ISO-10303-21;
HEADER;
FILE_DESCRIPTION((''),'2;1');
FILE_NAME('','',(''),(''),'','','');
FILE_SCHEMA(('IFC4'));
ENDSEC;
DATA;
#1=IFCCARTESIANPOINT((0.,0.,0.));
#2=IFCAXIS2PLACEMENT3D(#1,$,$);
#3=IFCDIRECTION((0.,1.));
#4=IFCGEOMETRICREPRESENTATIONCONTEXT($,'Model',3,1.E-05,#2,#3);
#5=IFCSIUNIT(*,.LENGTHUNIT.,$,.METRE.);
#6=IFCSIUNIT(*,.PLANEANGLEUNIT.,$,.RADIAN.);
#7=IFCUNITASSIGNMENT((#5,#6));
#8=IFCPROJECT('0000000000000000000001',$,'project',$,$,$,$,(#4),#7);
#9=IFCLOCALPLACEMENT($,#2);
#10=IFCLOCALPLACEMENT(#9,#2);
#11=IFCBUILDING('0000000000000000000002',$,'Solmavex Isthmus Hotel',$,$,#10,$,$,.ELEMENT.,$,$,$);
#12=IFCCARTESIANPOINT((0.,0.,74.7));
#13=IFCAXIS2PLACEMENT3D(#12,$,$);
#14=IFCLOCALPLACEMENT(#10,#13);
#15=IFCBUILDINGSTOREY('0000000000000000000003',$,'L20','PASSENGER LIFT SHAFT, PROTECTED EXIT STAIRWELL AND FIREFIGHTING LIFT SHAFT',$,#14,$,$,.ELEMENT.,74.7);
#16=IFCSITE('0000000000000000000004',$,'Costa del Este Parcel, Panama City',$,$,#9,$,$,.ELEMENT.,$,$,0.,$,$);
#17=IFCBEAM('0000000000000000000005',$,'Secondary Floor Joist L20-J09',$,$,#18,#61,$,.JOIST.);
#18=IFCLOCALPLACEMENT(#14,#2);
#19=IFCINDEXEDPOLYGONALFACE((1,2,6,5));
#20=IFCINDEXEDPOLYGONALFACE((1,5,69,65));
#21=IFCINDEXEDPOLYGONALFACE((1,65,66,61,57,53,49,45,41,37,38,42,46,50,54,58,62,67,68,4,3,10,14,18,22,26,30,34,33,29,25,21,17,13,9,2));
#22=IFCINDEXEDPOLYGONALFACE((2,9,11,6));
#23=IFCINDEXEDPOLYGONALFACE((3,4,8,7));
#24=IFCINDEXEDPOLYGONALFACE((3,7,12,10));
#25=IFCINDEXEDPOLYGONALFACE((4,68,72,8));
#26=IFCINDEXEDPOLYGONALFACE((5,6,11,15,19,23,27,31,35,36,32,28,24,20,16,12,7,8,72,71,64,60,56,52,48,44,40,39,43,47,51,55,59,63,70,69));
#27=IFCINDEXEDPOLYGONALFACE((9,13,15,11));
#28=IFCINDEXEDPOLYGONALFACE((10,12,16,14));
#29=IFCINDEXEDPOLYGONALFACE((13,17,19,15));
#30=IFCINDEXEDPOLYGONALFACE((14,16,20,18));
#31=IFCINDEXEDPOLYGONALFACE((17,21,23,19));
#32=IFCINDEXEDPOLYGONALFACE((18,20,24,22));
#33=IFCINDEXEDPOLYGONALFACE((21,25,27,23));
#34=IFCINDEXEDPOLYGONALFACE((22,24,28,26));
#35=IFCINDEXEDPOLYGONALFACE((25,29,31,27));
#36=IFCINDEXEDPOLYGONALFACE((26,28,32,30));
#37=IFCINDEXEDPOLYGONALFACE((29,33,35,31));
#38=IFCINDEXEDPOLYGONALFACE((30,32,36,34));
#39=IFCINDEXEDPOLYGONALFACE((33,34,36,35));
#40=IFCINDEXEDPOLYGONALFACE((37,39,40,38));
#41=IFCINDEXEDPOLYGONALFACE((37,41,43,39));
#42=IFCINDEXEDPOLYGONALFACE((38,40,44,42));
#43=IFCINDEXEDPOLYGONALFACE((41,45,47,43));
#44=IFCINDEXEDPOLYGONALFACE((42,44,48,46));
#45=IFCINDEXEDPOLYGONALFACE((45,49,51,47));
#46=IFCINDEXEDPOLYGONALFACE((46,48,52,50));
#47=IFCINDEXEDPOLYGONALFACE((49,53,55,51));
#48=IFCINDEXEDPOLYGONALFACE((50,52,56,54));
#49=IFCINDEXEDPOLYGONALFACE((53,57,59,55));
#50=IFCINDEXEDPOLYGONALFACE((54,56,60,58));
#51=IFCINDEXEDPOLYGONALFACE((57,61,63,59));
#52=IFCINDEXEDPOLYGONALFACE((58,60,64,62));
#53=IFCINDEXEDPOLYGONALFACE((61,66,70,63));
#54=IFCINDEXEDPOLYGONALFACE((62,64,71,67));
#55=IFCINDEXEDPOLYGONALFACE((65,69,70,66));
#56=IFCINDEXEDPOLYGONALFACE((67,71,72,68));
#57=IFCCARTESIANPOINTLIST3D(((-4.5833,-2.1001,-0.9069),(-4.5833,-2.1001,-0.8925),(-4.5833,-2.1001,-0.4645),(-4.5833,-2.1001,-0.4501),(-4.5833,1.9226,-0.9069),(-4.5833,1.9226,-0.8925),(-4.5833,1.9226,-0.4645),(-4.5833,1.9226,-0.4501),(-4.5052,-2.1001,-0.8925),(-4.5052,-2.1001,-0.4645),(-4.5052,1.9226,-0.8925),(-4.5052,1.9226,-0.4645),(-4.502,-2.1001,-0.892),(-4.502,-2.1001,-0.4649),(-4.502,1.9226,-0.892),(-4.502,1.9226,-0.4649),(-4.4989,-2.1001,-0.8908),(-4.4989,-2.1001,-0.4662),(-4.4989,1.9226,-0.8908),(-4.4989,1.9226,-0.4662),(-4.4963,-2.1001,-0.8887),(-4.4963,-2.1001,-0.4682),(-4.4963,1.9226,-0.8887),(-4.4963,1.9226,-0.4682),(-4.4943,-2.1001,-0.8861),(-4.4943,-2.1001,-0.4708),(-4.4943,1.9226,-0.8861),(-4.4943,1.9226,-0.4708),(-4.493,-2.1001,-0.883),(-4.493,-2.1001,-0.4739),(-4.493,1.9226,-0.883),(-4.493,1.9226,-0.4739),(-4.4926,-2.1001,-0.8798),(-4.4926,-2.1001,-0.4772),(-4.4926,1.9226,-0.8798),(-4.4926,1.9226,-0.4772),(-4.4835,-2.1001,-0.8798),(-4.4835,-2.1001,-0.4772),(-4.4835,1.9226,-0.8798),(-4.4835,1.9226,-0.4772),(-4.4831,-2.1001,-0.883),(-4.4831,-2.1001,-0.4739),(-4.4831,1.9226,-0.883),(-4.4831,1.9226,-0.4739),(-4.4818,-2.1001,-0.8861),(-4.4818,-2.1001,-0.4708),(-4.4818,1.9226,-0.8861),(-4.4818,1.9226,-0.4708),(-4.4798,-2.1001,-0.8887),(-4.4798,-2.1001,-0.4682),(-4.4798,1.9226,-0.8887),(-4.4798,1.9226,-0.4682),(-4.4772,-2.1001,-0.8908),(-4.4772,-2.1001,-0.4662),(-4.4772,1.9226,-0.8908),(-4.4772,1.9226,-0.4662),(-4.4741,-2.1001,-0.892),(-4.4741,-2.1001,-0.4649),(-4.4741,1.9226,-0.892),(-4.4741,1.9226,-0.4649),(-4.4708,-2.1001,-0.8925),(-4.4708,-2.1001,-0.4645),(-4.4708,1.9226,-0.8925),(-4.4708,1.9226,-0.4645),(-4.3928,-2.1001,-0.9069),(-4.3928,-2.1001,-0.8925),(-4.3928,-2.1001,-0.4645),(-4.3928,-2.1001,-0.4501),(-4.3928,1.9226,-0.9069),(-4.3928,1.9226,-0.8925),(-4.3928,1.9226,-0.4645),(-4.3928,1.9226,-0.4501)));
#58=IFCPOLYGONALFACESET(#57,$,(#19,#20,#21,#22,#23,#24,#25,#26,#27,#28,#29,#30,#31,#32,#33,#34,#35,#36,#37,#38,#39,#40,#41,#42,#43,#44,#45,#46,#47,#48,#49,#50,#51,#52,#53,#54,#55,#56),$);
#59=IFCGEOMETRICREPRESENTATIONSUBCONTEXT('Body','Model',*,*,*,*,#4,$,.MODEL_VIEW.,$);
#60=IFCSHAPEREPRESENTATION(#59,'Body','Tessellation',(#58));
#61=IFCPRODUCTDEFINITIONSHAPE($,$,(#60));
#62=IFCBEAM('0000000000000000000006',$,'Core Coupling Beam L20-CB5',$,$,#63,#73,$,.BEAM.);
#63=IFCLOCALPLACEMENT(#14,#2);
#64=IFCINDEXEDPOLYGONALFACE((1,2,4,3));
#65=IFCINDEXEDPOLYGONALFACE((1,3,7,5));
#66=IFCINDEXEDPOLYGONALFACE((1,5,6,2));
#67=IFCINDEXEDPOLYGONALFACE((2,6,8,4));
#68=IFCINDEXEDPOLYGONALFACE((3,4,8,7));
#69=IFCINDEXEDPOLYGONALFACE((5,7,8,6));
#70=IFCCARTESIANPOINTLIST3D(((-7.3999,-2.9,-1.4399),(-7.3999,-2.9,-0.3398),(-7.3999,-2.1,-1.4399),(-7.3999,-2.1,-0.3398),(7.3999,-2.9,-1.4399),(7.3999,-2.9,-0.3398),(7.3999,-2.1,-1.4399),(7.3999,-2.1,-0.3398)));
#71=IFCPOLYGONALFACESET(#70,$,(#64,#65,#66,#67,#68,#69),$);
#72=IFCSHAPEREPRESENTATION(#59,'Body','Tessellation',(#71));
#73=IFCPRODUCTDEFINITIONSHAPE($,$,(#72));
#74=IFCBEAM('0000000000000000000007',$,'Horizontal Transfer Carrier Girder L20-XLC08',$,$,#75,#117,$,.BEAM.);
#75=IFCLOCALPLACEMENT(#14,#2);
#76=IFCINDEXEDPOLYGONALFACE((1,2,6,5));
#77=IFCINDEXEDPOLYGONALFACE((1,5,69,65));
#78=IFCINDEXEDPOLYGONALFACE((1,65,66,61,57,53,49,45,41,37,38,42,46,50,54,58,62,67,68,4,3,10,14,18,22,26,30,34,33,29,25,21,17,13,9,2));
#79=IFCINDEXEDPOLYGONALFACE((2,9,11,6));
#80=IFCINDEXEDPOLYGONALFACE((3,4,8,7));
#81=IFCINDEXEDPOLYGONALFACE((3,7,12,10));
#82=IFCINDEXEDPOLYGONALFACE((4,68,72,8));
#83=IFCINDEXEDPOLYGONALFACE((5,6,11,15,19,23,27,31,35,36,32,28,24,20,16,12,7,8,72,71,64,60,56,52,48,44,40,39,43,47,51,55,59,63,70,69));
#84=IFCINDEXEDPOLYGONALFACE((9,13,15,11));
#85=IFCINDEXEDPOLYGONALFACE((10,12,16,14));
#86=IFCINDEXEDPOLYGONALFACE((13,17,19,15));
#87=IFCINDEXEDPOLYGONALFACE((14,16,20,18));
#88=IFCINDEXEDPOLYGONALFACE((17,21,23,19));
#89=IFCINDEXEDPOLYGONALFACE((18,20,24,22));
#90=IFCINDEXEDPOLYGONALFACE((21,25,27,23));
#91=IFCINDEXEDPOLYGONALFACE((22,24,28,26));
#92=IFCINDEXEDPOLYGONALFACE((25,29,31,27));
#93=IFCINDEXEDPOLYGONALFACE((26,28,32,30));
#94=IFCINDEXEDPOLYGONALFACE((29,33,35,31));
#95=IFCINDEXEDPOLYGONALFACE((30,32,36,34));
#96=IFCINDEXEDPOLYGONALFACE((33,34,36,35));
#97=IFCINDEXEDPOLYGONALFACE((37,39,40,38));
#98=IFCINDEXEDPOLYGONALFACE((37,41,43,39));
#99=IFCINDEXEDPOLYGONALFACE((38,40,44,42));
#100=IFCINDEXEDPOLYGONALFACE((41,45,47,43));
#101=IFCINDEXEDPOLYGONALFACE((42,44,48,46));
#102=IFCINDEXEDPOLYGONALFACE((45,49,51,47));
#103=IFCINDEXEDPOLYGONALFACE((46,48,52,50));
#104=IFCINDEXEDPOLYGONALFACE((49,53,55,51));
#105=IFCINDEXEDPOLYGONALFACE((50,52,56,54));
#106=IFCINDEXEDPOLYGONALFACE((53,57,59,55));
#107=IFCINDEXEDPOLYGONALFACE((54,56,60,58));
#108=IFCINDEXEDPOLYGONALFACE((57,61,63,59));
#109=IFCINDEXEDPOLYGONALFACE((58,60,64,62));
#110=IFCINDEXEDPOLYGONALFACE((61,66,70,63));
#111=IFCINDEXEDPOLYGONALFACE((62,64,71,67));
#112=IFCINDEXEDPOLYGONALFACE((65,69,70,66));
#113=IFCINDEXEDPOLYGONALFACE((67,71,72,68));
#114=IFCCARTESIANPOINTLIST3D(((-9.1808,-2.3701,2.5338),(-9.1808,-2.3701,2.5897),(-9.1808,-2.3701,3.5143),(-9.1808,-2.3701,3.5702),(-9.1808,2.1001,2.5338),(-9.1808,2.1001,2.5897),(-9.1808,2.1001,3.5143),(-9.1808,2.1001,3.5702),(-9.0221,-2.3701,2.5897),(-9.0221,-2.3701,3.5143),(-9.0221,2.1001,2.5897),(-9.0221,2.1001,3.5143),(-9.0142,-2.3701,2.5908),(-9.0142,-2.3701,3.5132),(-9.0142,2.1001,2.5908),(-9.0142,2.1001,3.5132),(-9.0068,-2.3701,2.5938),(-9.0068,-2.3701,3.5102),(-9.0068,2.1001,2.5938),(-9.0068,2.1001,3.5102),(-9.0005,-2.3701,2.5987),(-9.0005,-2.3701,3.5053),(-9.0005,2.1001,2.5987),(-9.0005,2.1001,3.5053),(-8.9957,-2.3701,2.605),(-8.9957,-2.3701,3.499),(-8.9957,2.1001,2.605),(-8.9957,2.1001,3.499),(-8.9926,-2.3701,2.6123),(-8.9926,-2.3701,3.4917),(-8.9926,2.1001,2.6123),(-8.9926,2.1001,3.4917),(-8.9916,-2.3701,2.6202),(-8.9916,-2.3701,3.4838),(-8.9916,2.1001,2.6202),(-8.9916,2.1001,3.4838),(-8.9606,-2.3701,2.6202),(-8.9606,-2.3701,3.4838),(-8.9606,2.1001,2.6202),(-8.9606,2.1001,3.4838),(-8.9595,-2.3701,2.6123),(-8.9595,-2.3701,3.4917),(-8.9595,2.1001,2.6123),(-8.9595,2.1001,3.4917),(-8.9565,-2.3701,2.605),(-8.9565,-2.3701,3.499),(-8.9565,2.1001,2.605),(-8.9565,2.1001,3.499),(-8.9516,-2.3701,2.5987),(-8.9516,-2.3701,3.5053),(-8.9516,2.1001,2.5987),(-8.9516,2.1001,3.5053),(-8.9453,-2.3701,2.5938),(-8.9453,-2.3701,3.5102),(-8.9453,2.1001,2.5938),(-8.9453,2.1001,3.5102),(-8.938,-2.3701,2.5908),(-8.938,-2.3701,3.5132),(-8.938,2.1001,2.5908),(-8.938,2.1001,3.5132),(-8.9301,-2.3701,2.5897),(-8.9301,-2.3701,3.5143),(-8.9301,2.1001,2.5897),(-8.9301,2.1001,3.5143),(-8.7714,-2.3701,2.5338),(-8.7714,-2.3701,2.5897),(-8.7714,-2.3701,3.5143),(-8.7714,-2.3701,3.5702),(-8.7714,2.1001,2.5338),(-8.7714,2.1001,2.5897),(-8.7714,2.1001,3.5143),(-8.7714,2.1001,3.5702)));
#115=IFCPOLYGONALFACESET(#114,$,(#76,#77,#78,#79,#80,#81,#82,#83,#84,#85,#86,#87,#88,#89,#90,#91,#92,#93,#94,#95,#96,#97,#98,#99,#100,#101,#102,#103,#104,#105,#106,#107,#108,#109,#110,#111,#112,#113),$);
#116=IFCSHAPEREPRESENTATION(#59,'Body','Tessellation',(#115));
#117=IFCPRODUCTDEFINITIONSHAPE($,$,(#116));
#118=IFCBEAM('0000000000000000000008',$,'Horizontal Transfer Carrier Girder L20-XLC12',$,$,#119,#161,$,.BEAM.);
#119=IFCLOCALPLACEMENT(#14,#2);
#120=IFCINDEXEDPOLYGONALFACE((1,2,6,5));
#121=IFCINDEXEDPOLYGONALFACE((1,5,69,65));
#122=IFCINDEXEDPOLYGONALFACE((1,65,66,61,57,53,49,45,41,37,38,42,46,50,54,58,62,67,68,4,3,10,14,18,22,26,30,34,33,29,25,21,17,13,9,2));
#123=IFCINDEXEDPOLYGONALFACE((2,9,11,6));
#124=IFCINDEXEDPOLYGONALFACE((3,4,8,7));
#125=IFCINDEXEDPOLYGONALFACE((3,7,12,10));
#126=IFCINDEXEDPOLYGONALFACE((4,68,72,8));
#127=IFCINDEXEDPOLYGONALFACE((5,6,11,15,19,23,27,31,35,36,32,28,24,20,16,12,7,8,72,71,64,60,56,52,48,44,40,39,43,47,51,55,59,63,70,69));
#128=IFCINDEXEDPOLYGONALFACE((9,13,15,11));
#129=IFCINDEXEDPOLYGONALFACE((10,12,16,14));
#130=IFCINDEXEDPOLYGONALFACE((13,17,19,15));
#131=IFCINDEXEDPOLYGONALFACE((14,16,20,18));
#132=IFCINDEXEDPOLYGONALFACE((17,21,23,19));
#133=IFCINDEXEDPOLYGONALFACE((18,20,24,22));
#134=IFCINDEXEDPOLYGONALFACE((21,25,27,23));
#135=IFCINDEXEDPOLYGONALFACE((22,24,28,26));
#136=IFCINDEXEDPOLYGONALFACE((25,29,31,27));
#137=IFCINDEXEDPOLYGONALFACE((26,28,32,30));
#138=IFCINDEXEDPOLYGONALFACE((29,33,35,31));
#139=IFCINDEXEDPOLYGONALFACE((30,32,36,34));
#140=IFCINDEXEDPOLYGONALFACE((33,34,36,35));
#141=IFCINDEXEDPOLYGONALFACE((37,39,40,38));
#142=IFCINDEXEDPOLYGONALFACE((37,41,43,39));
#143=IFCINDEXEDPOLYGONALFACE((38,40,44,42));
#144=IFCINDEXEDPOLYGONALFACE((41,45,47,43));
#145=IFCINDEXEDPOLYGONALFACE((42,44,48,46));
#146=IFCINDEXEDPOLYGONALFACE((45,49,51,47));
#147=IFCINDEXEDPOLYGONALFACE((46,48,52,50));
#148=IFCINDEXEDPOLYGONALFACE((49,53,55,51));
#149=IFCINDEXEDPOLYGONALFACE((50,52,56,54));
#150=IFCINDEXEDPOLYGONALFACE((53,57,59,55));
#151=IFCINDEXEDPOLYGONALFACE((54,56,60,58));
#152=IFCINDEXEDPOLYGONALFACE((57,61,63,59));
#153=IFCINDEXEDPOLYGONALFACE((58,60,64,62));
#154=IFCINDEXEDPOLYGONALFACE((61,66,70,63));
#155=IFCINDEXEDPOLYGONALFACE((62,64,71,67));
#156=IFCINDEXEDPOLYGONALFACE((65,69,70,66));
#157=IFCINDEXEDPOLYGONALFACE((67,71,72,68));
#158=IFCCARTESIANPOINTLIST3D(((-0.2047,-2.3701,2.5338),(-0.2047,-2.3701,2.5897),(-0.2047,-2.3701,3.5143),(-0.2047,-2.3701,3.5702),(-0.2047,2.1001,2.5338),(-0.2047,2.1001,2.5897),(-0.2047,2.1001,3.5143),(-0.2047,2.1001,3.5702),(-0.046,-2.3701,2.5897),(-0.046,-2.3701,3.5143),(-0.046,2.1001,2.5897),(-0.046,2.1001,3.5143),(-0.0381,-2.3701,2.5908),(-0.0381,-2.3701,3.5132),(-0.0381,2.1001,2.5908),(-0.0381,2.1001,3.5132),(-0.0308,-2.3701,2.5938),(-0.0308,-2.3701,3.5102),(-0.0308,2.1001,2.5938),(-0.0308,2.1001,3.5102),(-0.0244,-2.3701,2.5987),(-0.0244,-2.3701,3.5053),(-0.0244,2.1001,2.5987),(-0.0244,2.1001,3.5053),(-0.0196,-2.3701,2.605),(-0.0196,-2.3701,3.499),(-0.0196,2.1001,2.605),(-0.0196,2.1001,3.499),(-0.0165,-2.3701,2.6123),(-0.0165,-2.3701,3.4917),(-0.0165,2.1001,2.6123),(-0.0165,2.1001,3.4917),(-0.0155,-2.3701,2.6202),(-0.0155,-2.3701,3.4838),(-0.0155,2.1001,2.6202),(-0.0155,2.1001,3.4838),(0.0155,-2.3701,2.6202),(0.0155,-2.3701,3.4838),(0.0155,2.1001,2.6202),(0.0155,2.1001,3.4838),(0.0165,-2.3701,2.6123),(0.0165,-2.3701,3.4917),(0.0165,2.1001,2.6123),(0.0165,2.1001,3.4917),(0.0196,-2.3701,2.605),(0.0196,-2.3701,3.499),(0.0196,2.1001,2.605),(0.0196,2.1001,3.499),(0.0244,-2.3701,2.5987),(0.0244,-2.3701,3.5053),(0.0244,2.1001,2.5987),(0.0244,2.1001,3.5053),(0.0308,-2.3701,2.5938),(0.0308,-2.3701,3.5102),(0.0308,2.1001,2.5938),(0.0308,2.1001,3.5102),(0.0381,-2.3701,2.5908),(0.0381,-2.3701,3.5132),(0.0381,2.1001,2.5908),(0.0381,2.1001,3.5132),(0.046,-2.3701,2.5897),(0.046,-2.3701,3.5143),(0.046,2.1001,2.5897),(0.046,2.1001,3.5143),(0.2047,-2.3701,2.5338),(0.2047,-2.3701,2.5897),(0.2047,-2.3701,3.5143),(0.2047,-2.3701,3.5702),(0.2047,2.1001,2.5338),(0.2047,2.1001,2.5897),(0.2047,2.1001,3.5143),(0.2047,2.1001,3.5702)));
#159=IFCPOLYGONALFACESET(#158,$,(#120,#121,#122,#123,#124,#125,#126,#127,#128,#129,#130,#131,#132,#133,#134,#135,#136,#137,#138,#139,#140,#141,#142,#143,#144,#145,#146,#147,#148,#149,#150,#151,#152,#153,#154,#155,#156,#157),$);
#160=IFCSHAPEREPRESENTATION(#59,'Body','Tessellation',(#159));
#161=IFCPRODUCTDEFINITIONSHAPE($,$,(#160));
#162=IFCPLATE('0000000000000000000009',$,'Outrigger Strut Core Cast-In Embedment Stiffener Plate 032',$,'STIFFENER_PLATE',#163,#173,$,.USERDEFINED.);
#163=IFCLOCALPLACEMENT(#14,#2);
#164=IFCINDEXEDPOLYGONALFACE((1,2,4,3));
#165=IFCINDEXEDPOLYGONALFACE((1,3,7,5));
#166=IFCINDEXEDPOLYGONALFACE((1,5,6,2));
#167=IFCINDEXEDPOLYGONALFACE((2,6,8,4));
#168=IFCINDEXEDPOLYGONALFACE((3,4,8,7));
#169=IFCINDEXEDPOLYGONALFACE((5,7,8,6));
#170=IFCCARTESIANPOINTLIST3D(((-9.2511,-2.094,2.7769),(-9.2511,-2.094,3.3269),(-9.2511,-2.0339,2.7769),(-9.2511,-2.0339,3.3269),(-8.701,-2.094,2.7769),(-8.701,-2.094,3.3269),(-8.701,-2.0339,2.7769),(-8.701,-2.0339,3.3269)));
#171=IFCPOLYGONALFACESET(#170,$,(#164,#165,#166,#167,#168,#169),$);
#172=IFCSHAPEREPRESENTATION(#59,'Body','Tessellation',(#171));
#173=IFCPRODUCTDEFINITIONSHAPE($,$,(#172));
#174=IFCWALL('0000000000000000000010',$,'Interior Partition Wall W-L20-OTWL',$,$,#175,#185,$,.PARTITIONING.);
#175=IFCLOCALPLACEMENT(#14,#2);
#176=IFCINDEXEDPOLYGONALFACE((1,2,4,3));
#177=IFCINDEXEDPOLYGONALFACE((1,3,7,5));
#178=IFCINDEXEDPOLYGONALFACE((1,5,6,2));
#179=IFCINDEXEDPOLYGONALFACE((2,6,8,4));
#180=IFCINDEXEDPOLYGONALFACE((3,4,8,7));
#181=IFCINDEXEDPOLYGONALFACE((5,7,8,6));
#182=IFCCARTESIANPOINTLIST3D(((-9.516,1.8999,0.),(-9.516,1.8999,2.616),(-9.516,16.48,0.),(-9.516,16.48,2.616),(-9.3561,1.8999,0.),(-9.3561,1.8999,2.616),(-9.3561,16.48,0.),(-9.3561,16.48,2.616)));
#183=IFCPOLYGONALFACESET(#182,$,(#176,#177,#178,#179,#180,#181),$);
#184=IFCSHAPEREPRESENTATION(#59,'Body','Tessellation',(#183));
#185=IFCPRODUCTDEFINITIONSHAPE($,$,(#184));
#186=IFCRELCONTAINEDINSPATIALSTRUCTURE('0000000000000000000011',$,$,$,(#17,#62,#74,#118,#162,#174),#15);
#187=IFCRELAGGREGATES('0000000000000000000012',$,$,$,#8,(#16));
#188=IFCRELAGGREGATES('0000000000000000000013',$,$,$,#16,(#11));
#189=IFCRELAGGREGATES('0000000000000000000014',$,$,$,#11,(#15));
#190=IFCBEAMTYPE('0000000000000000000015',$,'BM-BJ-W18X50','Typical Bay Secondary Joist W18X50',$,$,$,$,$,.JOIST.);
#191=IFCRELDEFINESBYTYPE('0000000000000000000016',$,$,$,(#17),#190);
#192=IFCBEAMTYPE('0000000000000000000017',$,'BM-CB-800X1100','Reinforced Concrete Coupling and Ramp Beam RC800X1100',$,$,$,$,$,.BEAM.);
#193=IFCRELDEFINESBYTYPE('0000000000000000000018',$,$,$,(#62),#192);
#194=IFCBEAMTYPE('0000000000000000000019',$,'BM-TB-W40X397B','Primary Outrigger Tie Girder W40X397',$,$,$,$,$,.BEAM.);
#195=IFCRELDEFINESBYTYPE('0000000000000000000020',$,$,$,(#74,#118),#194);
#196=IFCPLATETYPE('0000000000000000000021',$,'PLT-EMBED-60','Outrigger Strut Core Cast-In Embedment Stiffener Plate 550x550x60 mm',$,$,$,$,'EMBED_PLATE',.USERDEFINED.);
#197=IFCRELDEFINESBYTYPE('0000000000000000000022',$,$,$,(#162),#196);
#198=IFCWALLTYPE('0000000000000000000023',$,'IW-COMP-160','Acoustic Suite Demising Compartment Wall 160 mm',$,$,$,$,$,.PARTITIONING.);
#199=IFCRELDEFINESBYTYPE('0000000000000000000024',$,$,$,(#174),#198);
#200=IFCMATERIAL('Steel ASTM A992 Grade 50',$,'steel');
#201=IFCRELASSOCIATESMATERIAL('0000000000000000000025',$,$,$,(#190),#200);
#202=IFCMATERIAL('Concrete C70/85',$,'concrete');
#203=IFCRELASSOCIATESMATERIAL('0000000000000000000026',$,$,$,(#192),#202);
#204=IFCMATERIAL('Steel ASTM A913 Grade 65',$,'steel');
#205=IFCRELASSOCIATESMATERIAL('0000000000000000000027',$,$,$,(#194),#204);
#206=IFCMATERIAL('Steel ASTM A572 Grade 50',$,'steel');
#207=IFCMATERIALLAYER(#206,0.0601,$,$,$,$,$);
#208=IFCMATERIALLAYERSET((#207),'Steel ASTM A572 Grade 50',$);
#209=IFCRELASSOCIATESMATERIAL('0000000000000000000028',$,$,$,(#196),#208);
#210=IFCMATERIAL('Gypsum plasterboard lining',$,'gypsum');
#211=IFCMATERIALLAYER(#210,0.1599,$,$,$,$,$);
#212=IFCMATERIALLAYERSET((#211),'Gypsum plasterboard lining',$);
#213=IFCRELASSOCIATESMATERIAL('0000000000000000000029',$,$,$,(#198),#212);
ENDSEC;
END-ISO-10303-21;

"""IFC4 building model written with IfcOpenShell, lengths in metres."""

from ifc_helpers import new_model, si_unit, direction, frame, frame_2d, origin, origin_2d, place, context, subcontext, project, spatial, rectangle, i_section, extrude, material, layer, layer_set, material_profile, profile_set, type_object, element, save


model = new_model("IFC4")

# Units and contexts
model_context = context("Model", 3, precision=1e-05, world=origin(), true_north=direction((0.0, 1.0)))
body_context = subcontext(model_context, "Body", "Model", "MODEL_VIEW")
ifc_project = project(units=[si_unit("LENGTHUNIT", "METRE"), si_unit("PLANEANGLEUNIT", "RADIAN")], contexts=[model_context])

# Site, building, storey
site_placement = place(None, origin())
site = spatial("IfcSite", under=ifc_project, at=site_placement, Name="Costa del Este Parcel, Panama City", CompositionType="ELEMENT", RefElevation=0.0)
building_placement = place(site_placement, origin())
building = spatial("IfcBuilding", under=site, at=building_placement, Name="Solmavex Isthmus Hotel", CompositionType="ELEMENT")
storey_placement = place(building_placement, frame((0.0, 0.0, 74.7)))
storey = spatial("IfcBuildingStorey", under=building, at=storey_placement, Name="L20", Description="PASSENGER LIFT SHAFT, PROTECTED EXIT STAIRWELL AND FIREFIGHTING LIFT SHAFT", CompositionType="ELEMENT", Elevation=74.7)

# Shared definitions
ifc_material_1 = material(Name="Concrete C70/85", Category="concrete")

# Beams
ifc_material_2 = material(Name="Steel ASTM A992 Grade 50", Category="steel")
ifc_material_profile_1 = material_profile(ifc_material_2, i_section(OverallWidth=0.1904, OverallDepth=0.4568, WebThickness=0.009, FlangeThickness=0.0144, FilletRadius=0.0127, at=origin_2d()), Name="W18X50")
ifc_profile_set_1 = profile_set([ifc_material_profile_1], Name="Steel ASTM A992 Grade 50")
beam_type_1 = type_object("IfcBeamType", Name="BM-BJ-W18X50", Description="Typical Bay Secondary Joist W18X50", PredefinedType="JOIST", material=ifc_profile_set_1)
for number, where, z_axis, x_axis, name in (
    (1, (-4.488, -2.1001, -0.6785), (0.0, 1.0, 0.0), (-1.0, 0.0, 0.0), "Secondary Floor Joist L20-J09"),
):
    element("IfcBeam", number, at=place(storey_placement, frame(where, z_axis=z_axis, x_axis=x_axis)), inside=storey, type_object=beam_type_1, Name=name, PredefinedType="JOIST", context=body_context, shape_type="SweptSolid", body=[
        extrude(i_section(OverallWidth=0.1904, OverallDepth=0.4568, WebThickness=0.009, FlangeThickness=0.0144, FilletRadius=0.0127, at=origin_2d()), origin(), (0.0, 0.0, 1.0), 4.0227),
    ])
ifc_material_profile_2 = material_profile(ifc_material_1, rectangle(XDim=0.8, YDim=1.1001, at=origin_2d()), Name="RC800X1100")
ifc_profile_set_2 = profile_set([ifc_material_profile_2], Name="Concrete C70/85")
beam_type_2 = type_object("IfcBeamType", Name="BM-CB-800X1100", Description="Reinforced Concrete Coupling and Ramp Beam RC800X1100", PredefinedType="BEAM", material=ifc_profile_set_2)
beam_placement = place(storey_placement, frame((-7.3999, -2.5, -0.8899), z_axis=(1.0, 0.0, 0.0), x_axis=(0.0, 1.0, 0.0)))
element("IfcBeam", 2, at=beam_placement, inside=storey, type_object=beam_type_2, Name="Core Coupling Beam L20-CB5", PredefinedType="BEAM", context=body_context, shape_type="SweptSolid", body=[
    extrude(rectangle(XDim=0.8, YDim=1.1001, at=origin_2d()), origin(), (0.0, 0.0, 1.0), 14.7998),
])
ifc_material_3 = material(Name="Steel ASTM A913 Grade 65", Category="steel")
ifc_material_profile_3 = material_profile(ifc_material_3, i_section(OverallWidth=0.4094, OverallDepth=1.0364, WebThickness=0.031, FlangeThickness=0.0559, FilletRadius=0.0305, at=origin_2d()), Name="W40X397")
ifc_profile_set_3 = profile_set([ifc_material_profile_3], Name="Steel ASTM A913 Grade 65")
beam_type_3 = type_object("IfcBeamType", Name="BM-TB-W40X397B", Description="Primary Outrigger Tie Girder W40X397", PredefinedType="BEAM", material=ifc_profile_set_3)
for number, where, z_axis, x_axis, name in (
    (3, (-8.9761, -2.3701, 3.052), (0.0, 1.0, 0.0), (-1.0, 0.0, 0.0), "Horizontal Transfer Carrier Girder L20-XLC08"),
    (4, (0.0, -2.3701, 3.052), (0.0, 1.0, 0.0), (-1.0, 0.0, 0.0), "Horizontal Transfer Carrier Girder L20-XLC12"),
):
    element("IfcBeam", number, at=place(storey_placement, frame(where, z_axis=z_axis, x_axis=x_axis)), inside=storey, type_object=beam_type_3, Name=name, PredefinedType="BEAM", context=body_context, shape_type="SweptSolid", body=[
        extrude(i_section(OverallWidth=0.4094, OverallDepth=1.0364, WebThickness=0.031, FlangeThickness=0.0559, FilletRadius=0.0305, at=origin_2d()), origin(), (0.0, 0.0, 1.0), 4.4702),
    ])

# Plate
ifc_material_4 = material(Name="Steel ASTM A572 Grade 50", Category="steel")
ifc_layer_1 = layer(ifc_material_4, 0.0601)
ifc_layer_set_1 = layer_set([ifc_layer_1], Name="Steel ASTM A572 Grade 50")
plate_type = type_object("IfcPlateType", Name="PLT-EMBED-60", Description="Outrigger Strut Core Cast-In Embedment Stiffener Plate 550x550x60 mm", ElementType="EMBED_PLATE", PredefinedType="USERDEFINED", material=ifc_layer_set_1)
plate_placement = place(storey_placement, frame((-8.9761, -2.064, 2.7769), z_axis=(0.0, 0.0, 1.0), x_axis=(1.0, 0.0, 0.0)))
element("IfcPlate", 5, at=plate_placement, inside=storey, type_object=plate_type, Name="Outrigger Strut Core Cast-In Embedment Stiffener Plate 032", ObjectType="STIFFENER_PLATE", PredefinedType="USERDEFINED", context=body_context, shape_type="SweptSolid", body=[
    extrude(rectangle(XDim=0.55, YDim=0.0601, at=origin_2d()), origin(), (0.0, 0.0, 1.0), 0.55),
])

# Wall
ifc_material_5 = material(Name="Gypsum plasterboard lining", Category="gypsum")
ifc_layer_2 = layer(ifc_material_5, 0.1599)
ifc_layer_set_2 = layer_set([ifc_layer_2], Name="Gypsum plasterboard lining")
wall_type_1 = type_object("IfcWallType", Name="IW-COMP-160", Description="Acoustic Suite Demising Compartment Wall 160 mm", PredefinedType="PARTITIONING", material=ifc_layer_set_2)
for number, where, z_axis, x_axis, name in (
    (6, (-9.436, 1.8999, 0.0), (0.0, 0.0, 1.0), (0.0, 1.0, 0.0), "Interior Partition Wall W-L20-OTWL"),
):
    element("IfcWall", number, at=place(storey_placement, frame(where, z_axis=z_axis, x_axis=x_axis)), inside=storey, type_object=wall_type_1, Name=name, PredefinedType="PARTITIONING", context=body_context, shape_type="SweptSolid", body=[
        extrude(rectangle(XDim=14.5801, YDim=0.1599, at=frame_2d((7.29, 0.0))), origin(), (0.0, 0.0, 1.0), 2.616),
    ])

save(model, "model.ifc")
